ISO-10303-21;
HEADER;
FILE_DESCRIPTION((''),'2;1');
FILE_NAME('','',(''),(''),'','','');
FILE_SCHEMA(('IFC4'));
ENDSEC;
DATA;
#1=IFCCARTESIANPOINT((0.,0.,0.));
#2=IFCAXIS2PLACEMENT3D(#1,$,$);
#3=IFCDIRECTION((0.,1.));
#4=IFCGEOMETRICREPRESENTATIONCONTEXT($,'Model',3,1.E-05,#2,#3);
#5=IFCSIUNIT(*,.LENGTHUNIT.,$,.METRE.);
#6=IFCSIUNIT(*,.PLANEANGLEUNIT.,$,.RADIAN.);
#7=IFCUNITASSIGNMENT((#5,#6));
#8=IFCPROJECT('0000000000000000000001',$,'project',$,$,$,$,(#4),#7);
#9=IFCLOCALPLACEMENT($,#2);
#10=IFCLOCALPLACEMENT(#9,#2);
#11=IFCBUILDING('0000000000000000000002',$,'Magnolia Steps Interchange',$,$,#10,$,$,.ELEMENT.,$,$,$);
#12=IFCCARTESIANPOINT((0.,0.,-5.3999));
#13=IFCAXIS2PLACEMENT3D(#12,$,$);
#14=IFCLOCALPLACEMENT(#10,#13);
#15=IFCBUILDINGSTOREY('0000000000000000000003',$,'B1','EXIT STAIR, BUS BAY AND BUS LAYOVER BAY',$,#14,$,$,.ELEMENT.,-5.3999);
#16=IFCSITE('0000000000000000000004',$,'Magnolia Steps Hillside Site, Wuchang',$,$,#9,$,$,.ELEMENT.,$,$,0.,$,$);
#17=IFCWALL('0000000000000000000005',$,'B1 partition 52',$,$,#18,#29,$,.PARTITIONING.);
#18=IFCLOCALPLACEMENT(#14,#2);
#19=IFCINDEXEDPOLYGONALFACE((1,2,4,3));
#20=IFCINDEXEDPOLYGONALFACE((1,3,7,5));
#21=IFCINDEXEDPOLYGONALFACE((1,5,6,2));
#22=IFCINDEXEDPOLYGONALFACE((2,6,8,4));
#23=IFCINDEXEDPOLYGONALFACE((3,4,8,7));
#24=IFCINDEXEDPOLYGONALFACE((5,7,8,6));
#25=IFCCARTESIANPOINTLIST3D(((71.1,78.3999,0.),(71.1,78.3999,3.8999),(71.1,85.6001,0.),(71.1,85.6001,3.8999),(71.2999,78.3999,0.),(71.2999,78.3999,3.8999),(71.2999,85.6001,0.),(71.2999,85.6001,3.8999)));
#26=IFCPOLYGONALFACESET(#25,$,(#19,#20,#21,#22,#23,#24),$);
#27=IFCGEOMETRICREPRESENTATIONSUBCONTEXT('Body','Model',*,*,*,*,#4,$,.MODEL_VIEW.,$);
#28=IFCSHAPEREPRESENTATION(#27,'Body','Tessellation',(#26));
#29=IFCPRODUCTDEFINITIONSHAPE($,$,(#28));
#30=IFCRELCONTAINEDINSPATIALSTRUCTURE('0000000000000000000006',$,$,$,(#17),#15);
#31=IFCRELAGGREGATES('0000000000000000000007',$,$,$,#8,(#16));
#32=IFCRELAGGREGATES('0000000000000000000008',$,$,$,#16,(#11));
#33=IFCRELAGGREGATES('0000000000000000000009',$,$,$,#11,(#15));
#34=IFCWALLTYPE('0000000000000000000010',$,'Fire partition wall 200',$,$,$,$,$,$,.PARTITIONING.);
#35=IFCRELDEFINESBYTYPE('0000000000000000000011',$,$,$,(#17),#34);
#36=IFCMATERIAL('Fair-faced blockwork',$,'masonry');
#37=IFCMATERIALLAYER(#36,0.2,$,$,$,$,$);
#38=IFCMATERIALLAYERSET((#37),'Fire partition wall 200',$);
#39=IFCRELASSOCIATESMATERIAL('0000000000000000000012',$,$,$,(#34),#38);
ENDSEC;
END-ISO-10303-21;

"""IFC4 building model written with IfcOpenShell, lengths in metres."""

from ifc_helpers import new_model, si_unit, direction, frame, frame_2d, origin, place, context, subcontext, project, spatial, rectangle, extrude, material, layer, layer_set, type_object, element, save


model = new_model("IFC4")

# Units and contexts
model_context = context("Model", 3, precision=1e-05, world=origin(), true_north=direction((0.0, 1.0)))
body_context = subcontext(model_context, "Body", "Model", "MODEL_VIEW")
ifc_project = project(units=[si_unit("LENGTHUNIT", "METRE"), si_unit("PLANEANGLEUNIT", "RADIAN")], contexts=[model_context])

# Site, building, storey
site_placement = place(None, origin())
site = spatial("IfcSite", under=ifc_project, at=site_placement, Name="Magnolia Steps Hillside Site, Wuchang", CompositionType="ELEMENT", RefElevation=0.0)
building_placement = place(site_placement, origin())
building = spatial("IfcBuilding", under=site, at=building_placement, Name="Magnolia Steps Interchange", CompositionType="ELEMENT")
storey_placement = place(building_placement, frame((0.0, 0.0, -5.3999)))
storey = spatial("IfcBuildingStorey", under=building, at=storey_placement, Name="B1", Description="EXIT STAIR, BUS BAY AND BUS LAYOVER BAY", CompositionType="ELEMENT", Elevation=-5.3999)

# Shared definitions
ifc_material_1 = material(Name="Fair-faced blockwork", Category="masonry")
ifc_layer_1 = layer(ifc_material_1, 0.2)
ifc_layer_set_1 = layer_set([ifc_layer_1], Name="Fire partition wall 200")
wall_type_1 = type_object("IfcWallType", Name="Fire partition wall 200", PredefinedType="PARTITIONING", material=ifc_layer_set_1)

# Wall
wall_1_placement = place(storey_placement, frame((71.2, 78.3999, 0.0), z_axis=(0.0, 0.0, 1.0), x_axis=(0.0, 1.0, 0.0)))
element("IfcWall", 1, at=wall_1_placement, inside=storey, type_object=wall_type_1, Name="B1 partition 52", PredefinedType="PARTITIONING", context=body_context, shape_type="SweptSolid", body=[
    extrude(rectangle(XDim=7.2002, YDim=0.2, at=frame_2d((3.6001, 0.0))), origin(), (0.0, 0.0, 1.0), 3.8999),
])

save(model, "model.ifc")
